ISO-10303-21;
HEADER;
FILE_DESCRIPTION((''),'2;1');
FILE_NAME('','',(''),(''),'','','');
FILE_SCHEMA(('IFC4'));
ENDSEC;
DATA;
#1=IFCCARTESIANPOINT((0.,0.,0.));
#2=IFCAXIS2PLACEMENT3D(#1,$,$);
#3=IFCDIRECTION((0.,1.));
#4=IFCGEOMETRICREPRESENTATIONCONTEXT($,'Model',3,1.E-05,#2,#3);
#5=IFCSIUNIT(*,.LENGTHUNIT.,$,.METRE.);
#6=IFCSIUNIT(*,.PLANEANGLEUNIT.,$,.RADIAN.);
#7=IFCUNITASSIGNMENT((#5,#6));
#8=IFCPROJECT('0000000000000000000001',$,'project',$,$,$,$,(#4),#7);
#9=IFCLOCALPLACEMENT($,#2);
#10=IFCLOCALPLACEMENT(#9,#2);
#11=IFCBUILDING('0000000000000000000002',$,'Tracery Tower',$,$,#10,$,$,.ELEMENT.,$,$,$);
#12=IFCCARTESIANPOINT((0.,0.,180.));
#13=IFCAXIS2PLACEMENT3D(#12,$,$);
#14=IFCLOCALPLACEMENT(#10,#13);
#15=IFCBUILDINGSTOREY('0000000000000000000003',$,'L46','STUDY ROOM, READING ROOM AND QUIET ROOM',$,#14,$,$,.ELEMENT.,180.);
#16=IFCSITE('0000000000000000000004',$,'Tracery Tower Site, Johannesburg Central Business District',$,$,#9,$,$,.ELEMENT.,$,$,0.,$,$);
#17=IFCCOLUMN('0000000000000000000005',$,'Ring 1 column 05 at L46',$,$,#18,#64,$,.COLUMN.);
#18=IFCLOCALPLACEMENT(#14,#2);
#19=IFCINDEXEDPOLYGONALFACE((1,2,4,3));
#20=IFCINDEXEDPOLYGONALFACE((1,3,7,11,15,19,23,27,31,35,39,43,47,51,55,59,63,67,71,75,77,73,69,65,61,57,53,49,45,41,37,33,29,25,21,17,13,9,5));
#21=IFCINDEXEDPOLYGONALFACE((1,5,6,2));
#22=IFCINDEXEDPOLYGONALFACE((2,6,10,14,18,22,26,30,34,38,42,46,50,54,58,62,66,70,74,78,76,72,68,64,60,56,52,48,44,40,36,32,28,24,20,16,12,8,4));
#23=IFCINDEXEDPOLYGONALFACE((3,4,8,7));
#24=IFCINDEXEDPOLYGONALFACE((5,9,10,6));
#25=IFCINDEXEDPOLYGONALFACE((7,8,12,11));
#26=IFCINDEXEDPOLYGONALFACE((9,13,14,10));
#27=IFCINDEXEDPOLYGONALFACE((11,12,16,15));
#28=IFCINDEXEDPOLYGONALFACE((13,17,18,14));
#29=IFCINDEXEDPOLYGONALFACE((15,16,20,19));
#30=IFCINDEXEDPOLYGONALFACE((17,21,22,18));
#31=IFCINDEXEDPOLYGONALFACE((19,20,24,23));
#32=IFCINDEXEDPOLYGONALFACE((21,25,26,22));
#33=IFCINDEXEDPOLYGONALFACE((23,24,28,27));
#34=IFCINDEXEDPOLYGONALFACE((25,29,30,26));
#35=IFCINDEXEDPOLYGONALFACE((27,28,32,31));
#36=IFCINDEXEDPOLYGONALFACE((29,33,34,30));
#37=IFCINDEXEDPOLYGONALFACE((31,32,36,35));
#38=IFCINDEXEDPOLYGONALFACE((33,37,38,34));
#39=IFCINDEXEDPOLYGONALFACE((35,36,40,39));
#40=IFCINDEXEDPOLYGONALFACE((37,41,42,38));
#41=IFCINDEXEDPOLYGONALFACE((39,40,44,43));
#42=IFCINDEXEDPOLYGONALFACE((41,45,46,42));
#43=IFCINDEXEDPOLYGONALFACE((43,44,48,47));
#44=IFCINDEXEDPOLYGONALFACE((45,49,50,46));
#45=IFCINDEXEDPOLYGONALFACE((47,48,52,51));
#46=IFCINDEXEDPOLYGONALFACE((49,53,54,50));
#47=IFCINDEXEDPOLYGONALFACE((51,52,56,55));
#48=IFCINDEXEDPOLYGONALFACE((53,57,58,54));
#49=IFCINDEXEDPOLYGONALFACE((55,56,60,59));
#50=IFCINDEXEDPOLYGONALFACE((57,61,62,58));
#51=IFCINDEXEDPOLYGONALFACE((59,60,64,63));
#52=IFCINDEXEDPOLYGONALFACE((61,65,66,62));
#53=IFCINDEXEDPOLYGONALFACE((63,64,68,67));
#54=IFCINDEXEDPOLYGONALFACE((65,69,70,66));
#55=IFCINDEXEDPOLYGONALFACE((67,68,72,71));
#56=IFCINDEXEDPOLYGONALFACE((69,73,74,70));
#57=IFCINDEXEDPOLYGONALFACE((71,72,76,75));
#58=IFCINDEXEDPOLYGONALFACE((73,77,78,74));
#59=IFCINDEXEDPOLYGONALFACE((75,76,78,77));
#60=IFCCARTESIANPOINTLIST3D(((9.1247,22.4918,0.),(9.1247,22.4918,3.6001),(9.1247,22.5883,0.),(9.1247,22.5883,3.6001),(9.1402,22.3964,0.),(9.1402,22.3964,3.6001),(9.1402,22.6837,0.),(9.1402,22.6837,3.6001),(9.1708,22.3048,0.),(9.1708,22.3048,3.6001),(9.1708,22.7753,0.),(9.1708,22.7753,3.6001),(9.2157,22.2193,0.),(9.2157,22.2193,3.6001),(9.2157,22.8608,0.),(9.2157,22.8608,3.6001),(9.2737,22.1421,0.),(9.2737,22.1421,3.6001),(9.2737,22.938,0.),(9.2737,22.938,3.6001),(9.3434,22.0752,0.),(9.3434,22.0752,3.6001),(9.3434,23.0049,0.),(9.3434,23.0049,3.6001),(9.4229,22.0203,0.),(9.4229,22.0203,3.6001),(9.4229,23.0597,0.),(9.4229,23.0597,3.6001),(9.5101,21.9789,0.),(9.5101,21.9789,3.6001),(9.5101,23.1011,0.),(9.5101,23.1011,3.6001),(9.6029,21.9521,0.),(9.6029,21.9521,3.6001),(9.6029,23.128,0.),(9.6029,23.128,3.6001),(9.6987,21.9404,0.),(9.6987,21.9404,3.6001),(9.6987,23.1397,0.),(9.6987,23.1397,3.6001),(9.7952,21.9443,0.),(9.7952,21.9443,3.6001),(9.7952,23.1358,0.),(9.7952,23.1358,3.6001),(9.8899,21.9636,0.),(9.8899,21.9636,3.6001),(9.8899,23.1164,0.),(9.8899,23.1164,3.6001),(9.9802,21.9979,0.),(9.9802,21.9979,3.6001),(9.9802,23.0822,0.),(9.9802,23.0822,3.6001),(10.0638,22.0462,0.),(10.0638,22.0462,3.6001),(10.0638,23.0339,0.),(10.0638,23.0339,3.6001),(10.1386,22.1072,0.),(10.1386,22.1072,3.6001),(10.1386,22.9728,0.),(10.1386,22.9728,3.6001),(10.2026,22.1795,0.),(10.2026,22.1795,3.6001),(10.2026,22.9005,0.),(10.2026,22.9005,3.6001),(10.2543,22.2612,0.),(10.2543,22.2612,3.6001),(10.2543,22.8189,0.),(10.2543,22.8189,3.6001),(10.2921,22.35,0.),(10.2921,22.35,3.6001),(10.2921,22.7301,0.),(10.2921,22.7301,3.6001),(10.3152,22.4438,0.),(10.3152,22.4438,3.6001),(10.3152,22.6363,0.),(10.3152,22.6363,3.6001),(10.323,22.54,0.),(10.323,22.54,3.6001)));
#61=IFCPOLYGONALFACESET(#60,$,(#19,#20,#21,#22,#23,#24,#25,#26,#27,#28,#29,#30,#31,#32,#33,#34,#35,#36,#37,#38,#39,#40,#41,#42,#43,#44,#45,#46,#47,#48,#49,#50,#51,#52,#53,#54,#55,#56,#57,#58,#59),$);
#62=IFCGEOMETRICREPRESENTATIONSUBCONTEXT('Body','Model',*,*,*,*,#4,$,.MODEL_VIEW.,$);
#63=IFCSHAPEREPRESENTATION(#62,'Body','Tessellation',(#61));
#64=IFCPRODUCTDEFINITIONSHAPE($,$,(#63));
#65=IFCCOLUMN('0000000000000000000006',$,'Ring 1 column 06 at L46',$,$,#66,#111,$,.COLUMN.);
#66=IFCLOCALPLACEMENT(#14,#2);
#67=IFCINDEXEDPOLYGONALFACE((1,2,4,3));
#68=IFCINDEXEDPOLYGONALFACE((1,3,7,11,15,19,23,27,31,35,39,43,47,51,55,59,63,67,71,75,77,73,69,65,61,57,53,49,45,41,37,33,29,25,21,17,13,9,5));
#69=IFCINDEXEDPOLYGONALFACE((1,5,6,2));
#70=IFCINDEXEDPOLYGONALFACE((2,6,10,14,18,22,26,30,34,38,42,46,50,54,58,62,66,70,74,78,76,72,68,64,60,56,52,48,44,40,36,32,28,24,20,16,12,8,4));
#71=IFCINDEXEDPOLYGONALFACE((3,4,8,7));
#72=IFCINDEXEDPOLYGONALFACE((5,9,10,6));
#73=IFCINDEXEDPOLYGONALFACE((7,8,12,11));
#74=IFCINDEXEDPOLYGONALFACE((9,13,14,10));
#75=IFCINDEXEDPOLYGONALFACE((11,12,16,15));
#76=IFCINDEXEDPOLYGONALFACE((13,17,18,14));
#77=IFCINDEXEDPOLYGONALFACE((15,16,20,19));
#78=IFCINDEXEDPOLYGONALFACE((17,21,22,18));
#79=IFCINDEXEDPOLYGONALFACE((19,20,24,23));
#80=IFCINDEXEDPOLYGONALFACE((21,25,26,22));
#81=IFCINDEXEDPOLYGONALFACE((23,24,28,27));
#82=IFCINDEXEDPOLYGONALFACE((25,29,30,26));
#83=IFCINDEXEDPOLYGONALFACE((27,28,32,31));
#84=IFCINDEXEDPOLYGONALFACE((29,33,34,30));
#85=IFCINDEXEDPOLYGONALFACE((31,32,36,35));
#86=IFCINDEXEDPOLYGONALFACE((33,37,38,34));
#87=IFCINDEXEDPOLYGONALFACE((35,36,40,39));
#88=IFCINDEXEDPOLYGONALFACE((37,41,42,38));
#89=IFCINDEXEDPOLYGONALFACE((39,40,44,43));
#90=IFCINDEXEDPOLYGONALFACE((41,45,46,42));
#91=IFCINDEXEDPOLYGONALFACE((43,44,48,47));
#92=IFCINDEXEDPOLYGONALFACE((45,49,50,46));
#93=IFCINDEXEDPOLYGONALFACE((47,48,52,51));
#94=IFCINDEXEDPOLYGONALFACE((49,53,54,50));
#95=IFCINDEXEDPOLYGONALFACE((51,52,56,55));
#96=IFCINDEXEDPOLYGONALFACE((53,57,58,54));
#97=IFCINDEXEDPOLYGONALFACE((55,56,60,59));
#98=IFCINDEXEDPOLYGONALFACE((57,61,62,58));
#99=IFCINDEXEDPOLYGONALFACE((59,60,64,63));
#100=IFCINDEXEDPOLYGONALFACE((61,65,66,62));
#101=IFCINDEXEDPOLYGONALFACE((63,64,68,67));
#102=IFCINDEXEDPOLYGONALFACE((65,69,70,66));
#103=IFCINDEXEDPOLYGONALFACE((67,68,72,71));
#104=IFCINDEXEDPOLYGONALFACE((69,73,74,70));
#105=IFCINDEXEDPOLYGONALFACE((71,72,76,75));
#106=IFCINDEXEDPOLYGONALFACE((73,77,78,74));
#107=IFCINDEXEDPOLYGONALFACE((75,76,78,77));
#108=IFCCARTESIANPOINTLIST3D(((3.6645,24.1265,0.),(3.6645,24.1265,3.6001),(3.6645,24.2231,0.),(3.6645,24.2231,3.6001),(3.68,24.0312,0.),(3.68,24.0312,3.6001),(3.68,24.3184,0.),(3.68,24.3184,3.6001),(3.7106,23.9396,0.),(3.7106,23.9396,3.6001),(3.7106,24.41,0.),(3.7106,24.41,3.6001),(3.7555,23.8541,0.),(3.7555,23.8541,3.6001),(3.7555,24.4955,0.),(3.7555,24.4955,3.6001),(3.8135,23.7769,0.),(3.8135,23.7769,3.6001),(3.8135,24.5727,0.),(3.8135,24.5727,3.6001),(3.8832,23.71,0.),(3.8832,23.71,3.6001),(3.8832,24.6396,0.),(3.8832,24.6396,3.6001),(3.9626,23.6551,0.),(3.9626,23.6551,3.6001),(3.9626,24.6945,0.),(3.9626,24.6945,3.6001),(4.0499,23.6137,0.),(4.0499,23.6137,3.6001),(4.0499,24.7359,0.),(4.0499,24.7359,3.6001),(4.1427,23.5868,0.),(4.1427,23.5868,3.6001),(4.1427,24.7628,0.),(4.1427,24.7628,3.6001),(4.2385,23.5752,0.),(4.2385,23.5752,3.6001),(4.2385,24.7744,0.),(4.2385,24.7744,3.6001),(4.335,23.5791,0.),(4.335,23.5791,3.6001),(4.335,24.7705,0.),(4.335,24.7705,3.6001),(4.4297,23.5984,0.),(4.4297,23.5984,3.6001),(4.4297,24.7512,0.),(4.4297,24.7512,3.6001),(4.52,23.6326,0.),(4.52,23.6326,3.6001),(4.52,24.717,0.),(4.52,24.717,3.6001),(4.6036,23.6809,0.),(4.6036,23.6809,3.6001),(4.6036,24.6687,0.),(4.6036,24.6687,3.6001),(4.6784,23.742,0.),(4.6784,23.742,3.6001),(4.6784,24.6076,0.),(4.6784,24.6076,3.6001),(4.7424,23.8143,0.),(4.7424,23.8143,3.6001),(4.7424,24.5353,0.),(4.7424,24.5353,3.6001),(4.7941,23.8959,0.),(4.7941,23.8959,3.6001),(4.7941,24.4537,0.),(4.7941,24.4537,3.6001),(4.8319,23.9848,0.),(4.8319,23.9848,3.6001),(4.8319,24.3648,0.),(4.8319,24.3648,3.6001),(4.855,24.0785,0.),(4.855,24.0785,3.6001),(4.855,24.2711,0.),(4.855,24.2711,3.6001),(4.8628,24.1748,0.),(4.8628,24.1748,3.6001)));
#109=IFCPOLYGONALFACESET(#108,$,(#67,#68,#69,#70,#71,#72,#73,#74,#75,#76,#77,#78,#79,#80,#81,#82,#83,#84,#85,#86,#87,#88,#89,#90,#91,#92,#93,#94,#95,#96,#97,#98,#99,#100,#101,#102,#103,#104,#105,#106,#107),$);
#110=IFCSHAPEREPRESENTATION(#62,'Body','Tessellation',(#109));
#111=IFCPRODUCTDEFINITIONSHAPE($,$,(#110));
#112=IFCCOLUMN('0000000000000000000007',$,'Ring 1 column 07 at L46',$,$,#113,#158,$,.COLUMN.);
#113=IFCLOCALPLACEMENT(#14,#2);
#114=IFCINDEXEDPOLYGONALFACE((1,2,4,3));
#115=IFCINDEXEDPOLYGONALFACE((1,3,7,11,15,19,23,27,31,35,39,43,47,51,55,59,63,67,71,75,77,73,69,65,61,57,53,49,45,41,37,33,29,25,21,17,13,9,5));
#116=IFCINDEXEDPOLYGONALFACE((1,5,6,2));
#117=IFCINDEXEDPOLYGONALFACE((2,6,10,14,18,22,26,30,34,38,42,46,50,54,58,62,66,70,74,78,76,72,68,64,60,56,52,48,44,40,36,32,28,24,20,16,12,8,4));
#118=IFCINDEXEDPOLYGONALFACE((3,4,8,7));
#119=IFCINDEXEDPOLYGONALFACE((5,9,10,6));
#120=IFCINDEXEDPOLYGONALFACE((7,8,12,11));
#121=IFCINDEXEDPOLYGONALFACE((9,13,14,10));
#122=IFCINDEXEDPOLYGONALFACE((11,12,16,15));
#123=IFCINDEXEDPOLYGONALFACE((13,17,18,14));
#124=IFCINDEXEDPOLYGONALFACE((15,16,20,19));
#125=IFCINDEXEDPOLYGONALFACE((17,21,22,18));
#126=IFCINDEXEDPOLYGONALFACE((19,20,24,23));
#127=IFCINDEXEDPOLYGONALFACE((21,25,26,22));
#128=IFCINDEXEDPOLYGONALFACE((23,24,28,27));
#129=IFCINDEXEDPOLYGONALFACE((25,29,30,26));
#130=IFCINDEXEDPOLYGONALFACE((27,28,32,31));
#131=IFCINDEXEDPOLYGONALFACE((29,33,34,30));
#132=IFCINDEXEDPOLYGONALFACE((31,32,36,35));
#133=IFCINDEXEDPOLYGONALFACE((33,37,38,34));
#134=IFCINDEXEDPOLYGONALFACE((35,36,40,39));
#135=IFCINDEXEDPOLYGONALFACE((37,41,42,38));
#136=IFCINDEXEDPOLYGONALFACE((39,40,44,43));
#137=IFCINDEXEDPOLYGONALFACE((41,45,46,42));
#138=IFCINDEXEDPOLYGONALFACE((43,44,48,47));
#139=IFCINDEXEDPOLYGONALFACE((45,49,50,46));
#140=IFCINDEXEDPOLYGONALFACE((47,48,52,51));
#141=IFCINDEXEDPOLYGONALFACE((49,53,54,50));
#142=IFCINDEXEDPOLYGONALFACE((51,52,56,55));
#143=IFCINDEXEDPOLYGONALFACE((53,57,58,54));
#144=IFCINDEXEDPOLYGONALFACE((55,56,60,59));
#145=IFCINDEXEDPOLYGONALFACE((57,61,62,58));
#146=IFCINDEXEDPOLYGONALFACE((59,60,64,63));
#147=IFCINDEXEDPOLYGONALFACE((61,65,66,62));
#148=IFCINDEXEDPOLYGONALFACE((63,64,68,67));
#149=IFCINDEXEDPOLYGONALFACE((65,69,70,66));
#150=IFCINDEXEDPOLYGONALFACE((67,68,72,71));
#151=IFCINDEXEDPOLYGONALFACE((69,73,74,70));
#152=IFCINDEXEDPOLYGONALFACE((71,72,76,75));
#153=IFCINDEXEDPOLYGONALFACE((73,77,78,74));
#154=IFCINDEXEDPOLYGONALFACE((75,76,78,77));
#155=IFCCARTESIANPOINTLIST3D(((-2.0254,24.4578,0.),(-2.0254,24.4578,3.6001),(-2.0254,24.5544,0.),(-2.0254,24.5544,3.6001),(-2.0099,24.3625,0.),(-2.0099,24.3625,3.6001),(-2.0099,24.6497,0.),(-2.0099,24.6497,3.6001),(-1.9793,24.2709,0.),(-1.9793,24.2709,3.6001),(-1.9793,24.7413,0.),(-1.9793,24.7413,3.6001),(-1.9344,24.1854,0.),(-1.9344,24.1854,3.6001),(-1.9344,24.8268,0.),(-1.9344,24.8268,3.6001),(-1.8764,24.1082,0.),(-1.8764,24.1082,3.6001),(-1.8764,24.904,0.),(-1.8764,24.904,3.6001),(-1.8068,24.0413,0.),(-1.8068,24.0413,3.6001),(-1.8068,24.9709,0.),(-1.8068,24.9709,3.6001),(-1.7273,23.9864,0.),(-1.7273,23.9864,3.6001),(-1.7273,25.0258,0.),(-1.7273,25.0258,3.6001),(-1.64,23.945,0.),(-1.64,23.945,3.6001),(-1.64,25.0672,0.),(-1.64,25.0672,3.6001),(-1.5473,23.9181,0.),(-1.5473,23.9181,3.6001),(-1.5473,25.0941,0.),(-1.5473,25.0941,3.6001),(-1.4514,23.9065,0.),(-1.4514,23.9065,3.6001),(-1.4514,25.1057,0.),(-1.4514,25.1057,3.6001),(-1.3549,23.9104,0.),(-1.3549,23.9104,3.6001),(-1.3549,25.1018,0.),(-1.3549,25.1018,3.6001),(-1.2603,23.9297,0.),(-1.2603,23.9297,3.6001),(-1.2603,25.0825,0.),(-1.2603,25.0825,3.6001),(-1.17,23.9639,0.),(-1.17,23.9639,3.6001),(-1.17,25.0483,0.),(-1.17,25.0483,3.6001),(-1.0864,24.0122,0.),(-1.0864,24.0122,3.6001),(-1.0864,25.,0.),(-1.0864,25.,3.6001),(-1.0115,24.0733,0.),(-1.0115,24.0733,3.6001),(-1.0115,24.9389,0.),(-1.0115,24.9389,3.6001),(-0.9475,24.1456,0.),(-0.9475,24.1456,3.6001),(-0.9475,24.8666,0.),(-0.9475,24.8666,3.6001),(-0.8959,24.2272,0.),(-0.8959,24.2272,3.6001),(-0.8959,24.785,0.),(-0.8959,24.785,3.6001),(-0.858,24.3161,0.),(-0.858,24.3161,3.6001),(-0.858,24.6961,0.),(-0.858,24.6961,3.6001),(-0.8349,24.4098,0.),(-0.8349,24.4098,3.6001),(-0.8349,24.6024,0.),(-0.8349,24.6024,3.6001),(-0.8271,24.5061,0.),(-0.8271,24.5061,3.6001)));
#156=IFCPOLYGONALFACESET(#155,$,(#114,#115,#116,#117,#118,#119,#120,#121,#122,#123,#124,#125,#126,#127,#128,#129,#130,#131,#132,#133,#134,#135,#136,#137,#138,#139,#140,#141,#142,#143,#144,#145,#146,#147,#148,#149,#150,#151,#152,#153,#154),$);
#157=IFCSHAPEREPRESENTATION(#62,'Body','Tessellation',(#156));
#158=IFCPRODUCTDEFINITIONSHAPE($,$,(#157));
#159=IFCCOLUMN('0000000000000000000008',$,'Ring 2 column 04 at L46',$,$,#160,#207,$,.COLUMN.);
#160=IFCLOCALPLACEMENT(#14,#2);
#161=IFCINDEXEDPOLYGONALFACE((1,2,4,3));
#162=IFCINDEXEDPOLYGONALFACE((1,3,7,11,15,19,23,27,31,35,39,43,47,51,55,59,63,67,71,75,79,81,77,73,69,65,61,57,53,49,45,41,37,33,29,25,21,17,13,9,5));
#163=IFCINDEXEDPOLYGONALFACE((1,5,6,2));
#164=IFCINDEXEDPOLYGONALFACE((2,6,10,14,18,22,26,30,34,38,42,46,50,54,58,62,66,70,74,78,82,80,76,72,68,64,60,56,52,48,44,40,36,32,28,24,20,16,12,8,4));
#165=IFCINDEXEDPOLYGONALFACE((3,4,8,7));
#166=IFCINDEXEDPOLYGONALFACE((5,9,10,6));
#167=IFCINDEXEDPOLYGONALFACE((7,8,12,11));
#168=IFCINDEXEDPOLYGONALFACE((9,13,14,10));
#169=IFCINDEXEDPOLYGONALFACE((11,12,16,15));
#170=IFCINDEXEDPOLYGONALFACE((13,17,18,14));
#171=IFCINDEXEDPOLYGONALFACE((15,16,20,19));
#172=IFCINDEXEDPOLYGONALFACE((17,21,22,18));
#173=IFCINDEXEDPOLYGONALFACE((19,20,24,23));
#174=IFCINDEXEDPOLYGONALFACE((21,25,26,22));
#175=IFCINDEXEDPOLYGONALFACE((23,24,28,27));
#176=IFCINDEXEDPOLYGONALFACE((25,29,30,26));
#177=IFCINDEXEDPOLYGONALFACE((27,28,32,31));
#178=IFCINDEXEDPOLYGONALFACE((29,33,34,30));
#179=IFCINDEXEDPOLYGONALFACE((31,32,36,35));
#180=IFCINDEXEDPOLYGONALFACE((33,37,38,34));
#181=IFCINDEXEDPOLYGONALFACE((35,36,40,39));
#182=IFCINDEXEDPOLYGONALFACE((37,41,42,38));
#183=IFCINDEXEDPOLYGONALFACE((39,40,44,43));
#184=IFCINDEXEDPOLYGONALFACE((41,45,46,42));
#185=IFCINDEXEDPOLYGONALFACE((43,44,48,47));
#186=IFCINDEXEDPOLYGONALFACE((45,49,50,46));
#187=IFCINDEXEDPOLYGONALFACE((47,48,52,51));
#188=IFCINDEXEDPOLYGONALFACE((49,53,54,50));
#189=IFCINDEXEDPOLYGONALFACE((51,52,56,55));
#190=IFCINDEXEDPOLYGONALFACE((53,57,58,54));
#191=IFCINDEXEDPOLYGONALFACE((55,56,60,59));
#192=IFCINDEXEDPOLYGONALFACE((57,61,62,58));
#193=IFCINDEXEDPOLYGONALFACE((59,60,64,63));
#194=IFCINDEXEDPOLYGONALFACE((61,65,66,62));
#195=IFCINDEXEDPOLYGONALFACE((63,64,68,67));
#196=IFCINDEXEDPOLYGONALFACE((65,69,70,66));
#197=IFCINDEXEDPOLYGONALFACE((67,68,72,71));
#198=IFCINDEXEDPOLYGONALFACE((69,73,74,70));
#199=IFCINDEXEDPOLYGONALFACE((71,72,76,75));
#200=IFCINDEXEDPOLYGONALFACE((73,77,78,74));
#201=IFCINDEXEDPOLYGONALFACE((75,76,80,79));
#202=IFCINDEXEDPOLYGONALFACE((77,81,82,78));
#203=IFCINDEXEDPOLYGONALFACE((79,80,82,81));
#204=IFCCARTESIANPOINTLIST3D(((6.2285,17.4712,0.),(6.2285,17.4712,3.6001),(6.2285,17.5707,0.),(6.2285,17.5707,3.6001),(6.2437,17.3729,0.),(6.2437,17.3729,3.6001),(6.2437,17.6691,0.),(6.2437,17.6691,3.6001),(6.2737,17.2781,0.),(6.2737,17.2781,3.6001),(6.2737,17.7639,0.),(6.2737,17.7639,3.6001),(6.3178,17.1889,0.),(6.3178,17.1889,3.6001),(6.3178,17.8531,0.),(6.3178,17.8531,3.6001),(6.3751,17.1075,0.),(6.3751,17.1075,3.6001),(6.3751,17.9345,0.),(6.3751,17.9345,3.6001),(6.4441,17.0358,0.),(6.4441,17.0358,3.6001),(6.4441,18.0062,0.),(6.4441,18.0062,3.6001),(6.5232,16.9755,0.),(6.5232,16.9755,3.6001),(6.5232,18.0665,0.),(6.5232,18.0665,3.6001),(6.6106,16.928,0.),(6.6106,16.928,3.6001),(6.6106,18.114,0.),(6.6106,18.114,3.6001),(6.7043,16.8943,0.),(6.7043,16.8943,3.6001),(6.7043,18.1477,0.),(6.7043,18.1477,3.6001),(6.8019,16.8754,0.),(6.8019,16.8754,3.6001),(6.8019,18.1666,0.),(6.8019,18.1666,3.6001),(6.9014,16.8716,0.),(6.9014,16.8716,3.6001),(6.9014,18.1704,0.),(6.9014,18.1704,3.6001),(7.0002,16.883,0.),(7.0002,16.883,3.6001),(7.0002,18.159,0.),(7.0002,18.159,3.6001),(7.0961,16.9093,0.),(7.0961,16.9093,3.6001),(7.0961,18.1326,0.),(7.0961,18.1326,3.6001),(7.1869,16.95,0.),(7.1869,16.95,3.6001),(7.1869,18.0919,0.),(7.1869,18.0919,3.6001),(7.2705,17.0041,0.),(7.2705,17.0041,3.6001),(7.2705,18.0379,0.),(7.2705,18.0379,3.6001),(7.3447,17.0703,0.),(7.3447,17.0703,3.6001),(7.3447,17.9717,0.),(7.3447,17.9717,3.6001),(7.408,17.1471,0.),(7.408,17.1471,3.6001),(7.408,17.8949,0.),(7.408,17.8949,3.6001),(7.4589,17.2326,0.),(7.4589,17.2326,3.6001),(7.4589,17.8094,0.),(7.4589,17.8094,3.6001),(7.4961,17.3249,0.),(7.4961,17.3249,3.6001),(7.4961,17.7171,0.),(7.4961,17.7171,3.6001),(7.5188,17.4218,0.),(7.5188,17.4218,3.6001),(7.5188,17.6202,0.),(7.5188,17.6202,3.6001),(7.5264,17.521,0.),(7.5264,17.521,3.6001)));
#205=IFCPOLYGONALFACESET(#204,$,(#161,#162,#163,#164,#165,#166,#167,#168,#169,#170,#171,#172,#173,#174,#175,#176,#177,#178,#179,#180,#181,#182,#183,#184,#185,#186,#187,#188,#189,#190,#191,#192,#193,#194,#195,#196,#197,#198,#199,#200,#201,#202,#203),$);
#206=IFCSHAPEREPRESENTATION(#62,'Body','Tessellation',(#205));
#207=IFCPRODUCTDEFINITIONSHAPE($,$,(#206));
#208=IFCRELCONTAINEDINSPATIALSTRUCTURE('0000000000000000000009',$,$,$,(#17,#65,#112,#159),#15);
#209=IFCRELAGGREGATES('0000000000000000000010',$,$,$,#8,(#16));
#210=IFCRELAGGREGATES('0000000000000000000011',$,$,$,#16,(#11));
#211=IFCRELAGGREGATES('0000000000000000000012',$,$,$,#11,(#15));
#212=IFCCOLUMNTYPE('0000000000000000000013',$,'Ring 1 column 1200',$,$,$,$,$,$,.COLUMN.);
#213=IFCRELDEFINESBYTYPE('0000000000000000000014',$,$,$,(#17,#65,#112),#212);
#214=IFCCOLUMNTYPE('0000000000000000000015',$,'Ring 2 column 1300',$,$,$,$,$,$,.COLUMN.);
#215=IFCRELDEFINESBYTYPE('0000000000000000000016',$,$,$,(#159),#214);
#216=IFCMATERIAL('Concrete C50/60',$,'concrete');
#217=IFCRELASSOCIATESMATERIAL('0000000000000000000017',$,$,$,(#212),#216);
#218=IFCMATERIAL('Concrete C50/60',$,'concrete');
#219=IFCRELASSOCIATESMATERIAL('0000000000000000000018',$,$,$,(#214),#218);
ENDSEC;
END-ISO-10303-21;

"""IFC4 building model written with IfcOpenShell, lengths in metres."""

from ifc_helpers import new_model, si_unit, direction, frame, origin, origin_2d, place, context, subcontext, project, spatial, circle, extrude, material, material_profile, profile_set, type_object, element, save


model = new_model("IFC4")

# Units and contexts
model_context = context("Model", 3, precision=1e-05, world=origin(), true_north=direction((0.0, 1.0)))
body_context = subcontext(model_context, "Body", "Model", "MODEL_VIEW")
ifc_project = project(units=[si_unit("LENGTHUNIT", "METRE"), si_unit("PLANEANGLEUNIT", "RADIAN")], contexts=[model_context])

# Site, building, storey
site_placement = place(None, origin())
site = spatial("IfcSite", under=ifc_project, at=site_placement, Name="Tracery Tower Site, Johannesburg Central Business District", CompositionType="ELEMENT", RefElevation=0.0)
building_placement = place(site_placement, origin())
building = spatial("IfcBuilding", under=site, at=building_placement, Name="Tracery Tower", CompositionType="ELEMENT")
storey_placement = place(building_placement, frame((0.0, 0.0, 180.0)))
storey = spatial("IfcBuildingStorey", under=building, at=storey_placement, Name="L46", Description="STUDY ROOM, READING ROOM AND QUIET ROOM", CompositionType="ELEMENT", Elevation=180.0)

# Columns
ifc_material_1 = material(Name="Concrete C50/60", Category="concrete")
ifc_material_profile_1 = material_profile(ifc_material_1, circle(Radius=0.6001, at=origin_2d()), Name="RC D1200")
ifc_profile_set_1 = profile_set([ifc_material_profile_1], Name="Concrete C50/60")
column_type_1 = type_object("IfcColumnType", Name="Ring 1 column 1200", PredefinedType="COLUMN", material=ifc_profile_set_1)
for number, where, z_axis, x_axis, name in (
    (1, (9.7229, 22.54, 0.0), (0.0, 0.0, 1.0), (1.0, 0.0, 0.0), "Ring 1 column 05 at L46"),
    (2, (4.2627, 24.1748, 0.0), (0.0, 0.0, 1.0), (1.0, 0.0, 0.0), "Ring 1 column 06 at L46"),
    (3, (-1.4272, 24.5061, 0.0), (0.0, 0.0, 1.0), (1.0, 0.0, 0.0), "Ring 1 column 07 at L46"),
):
    element("IfcColumn", number, at=place(storey_placement, frame(where, z_axis=z_axis, x_axis=x_axis)), inside=storey, type_object=column_type_1, Name=name, PredefinedType="COLUMN", context=body_context, shape_type="SweptSolid", body=[
        extrude(circle(Radius=0.6001, at=origin_2d()), origin(), (0.0, 0.0, 1.0), 3.6001),
    ])
ifc_material_2 = material(Name="Concrete C50/60", Category="concrete")
ifc_material_profile_2 = material_profile(ifc_material_2, circle(Radius=0.6499, at=origin_2d()), Name="RC D1300")
ifc_profile_set_2 = profile_set([ifc_material_profile_2], Name="Concrete C50/60")
column_type_2 = type_object("IfcColumnType", Name="Ring 2 column 1300", PredefinedType="COLUMN", material=ifc_profile_set_2)
for number, where, z_axis, x_axis, name in (
    (4, (6.8765, 17.521, 0.0), (0.0, 0.0, 1.0), (1.0, 0.0, 0.0), "Ring 2 column 04 at L46"),
):
    element("IfcColumn", number, at=place(storey_placement, frame(where, z_axis=z_axis, x_axis=x_axis)), inside=storey, type_object=column_type_2, Name=name, PredefinedType="COLUMN", context=body_context, shape_type="SweptSolid", body=[
        extrude(circle(Radius=0.6499, at=origin_2d()), origin(), (0.0, 0.0, 1.0), 3.6001),
    ])

save(model, "model.ifc")
